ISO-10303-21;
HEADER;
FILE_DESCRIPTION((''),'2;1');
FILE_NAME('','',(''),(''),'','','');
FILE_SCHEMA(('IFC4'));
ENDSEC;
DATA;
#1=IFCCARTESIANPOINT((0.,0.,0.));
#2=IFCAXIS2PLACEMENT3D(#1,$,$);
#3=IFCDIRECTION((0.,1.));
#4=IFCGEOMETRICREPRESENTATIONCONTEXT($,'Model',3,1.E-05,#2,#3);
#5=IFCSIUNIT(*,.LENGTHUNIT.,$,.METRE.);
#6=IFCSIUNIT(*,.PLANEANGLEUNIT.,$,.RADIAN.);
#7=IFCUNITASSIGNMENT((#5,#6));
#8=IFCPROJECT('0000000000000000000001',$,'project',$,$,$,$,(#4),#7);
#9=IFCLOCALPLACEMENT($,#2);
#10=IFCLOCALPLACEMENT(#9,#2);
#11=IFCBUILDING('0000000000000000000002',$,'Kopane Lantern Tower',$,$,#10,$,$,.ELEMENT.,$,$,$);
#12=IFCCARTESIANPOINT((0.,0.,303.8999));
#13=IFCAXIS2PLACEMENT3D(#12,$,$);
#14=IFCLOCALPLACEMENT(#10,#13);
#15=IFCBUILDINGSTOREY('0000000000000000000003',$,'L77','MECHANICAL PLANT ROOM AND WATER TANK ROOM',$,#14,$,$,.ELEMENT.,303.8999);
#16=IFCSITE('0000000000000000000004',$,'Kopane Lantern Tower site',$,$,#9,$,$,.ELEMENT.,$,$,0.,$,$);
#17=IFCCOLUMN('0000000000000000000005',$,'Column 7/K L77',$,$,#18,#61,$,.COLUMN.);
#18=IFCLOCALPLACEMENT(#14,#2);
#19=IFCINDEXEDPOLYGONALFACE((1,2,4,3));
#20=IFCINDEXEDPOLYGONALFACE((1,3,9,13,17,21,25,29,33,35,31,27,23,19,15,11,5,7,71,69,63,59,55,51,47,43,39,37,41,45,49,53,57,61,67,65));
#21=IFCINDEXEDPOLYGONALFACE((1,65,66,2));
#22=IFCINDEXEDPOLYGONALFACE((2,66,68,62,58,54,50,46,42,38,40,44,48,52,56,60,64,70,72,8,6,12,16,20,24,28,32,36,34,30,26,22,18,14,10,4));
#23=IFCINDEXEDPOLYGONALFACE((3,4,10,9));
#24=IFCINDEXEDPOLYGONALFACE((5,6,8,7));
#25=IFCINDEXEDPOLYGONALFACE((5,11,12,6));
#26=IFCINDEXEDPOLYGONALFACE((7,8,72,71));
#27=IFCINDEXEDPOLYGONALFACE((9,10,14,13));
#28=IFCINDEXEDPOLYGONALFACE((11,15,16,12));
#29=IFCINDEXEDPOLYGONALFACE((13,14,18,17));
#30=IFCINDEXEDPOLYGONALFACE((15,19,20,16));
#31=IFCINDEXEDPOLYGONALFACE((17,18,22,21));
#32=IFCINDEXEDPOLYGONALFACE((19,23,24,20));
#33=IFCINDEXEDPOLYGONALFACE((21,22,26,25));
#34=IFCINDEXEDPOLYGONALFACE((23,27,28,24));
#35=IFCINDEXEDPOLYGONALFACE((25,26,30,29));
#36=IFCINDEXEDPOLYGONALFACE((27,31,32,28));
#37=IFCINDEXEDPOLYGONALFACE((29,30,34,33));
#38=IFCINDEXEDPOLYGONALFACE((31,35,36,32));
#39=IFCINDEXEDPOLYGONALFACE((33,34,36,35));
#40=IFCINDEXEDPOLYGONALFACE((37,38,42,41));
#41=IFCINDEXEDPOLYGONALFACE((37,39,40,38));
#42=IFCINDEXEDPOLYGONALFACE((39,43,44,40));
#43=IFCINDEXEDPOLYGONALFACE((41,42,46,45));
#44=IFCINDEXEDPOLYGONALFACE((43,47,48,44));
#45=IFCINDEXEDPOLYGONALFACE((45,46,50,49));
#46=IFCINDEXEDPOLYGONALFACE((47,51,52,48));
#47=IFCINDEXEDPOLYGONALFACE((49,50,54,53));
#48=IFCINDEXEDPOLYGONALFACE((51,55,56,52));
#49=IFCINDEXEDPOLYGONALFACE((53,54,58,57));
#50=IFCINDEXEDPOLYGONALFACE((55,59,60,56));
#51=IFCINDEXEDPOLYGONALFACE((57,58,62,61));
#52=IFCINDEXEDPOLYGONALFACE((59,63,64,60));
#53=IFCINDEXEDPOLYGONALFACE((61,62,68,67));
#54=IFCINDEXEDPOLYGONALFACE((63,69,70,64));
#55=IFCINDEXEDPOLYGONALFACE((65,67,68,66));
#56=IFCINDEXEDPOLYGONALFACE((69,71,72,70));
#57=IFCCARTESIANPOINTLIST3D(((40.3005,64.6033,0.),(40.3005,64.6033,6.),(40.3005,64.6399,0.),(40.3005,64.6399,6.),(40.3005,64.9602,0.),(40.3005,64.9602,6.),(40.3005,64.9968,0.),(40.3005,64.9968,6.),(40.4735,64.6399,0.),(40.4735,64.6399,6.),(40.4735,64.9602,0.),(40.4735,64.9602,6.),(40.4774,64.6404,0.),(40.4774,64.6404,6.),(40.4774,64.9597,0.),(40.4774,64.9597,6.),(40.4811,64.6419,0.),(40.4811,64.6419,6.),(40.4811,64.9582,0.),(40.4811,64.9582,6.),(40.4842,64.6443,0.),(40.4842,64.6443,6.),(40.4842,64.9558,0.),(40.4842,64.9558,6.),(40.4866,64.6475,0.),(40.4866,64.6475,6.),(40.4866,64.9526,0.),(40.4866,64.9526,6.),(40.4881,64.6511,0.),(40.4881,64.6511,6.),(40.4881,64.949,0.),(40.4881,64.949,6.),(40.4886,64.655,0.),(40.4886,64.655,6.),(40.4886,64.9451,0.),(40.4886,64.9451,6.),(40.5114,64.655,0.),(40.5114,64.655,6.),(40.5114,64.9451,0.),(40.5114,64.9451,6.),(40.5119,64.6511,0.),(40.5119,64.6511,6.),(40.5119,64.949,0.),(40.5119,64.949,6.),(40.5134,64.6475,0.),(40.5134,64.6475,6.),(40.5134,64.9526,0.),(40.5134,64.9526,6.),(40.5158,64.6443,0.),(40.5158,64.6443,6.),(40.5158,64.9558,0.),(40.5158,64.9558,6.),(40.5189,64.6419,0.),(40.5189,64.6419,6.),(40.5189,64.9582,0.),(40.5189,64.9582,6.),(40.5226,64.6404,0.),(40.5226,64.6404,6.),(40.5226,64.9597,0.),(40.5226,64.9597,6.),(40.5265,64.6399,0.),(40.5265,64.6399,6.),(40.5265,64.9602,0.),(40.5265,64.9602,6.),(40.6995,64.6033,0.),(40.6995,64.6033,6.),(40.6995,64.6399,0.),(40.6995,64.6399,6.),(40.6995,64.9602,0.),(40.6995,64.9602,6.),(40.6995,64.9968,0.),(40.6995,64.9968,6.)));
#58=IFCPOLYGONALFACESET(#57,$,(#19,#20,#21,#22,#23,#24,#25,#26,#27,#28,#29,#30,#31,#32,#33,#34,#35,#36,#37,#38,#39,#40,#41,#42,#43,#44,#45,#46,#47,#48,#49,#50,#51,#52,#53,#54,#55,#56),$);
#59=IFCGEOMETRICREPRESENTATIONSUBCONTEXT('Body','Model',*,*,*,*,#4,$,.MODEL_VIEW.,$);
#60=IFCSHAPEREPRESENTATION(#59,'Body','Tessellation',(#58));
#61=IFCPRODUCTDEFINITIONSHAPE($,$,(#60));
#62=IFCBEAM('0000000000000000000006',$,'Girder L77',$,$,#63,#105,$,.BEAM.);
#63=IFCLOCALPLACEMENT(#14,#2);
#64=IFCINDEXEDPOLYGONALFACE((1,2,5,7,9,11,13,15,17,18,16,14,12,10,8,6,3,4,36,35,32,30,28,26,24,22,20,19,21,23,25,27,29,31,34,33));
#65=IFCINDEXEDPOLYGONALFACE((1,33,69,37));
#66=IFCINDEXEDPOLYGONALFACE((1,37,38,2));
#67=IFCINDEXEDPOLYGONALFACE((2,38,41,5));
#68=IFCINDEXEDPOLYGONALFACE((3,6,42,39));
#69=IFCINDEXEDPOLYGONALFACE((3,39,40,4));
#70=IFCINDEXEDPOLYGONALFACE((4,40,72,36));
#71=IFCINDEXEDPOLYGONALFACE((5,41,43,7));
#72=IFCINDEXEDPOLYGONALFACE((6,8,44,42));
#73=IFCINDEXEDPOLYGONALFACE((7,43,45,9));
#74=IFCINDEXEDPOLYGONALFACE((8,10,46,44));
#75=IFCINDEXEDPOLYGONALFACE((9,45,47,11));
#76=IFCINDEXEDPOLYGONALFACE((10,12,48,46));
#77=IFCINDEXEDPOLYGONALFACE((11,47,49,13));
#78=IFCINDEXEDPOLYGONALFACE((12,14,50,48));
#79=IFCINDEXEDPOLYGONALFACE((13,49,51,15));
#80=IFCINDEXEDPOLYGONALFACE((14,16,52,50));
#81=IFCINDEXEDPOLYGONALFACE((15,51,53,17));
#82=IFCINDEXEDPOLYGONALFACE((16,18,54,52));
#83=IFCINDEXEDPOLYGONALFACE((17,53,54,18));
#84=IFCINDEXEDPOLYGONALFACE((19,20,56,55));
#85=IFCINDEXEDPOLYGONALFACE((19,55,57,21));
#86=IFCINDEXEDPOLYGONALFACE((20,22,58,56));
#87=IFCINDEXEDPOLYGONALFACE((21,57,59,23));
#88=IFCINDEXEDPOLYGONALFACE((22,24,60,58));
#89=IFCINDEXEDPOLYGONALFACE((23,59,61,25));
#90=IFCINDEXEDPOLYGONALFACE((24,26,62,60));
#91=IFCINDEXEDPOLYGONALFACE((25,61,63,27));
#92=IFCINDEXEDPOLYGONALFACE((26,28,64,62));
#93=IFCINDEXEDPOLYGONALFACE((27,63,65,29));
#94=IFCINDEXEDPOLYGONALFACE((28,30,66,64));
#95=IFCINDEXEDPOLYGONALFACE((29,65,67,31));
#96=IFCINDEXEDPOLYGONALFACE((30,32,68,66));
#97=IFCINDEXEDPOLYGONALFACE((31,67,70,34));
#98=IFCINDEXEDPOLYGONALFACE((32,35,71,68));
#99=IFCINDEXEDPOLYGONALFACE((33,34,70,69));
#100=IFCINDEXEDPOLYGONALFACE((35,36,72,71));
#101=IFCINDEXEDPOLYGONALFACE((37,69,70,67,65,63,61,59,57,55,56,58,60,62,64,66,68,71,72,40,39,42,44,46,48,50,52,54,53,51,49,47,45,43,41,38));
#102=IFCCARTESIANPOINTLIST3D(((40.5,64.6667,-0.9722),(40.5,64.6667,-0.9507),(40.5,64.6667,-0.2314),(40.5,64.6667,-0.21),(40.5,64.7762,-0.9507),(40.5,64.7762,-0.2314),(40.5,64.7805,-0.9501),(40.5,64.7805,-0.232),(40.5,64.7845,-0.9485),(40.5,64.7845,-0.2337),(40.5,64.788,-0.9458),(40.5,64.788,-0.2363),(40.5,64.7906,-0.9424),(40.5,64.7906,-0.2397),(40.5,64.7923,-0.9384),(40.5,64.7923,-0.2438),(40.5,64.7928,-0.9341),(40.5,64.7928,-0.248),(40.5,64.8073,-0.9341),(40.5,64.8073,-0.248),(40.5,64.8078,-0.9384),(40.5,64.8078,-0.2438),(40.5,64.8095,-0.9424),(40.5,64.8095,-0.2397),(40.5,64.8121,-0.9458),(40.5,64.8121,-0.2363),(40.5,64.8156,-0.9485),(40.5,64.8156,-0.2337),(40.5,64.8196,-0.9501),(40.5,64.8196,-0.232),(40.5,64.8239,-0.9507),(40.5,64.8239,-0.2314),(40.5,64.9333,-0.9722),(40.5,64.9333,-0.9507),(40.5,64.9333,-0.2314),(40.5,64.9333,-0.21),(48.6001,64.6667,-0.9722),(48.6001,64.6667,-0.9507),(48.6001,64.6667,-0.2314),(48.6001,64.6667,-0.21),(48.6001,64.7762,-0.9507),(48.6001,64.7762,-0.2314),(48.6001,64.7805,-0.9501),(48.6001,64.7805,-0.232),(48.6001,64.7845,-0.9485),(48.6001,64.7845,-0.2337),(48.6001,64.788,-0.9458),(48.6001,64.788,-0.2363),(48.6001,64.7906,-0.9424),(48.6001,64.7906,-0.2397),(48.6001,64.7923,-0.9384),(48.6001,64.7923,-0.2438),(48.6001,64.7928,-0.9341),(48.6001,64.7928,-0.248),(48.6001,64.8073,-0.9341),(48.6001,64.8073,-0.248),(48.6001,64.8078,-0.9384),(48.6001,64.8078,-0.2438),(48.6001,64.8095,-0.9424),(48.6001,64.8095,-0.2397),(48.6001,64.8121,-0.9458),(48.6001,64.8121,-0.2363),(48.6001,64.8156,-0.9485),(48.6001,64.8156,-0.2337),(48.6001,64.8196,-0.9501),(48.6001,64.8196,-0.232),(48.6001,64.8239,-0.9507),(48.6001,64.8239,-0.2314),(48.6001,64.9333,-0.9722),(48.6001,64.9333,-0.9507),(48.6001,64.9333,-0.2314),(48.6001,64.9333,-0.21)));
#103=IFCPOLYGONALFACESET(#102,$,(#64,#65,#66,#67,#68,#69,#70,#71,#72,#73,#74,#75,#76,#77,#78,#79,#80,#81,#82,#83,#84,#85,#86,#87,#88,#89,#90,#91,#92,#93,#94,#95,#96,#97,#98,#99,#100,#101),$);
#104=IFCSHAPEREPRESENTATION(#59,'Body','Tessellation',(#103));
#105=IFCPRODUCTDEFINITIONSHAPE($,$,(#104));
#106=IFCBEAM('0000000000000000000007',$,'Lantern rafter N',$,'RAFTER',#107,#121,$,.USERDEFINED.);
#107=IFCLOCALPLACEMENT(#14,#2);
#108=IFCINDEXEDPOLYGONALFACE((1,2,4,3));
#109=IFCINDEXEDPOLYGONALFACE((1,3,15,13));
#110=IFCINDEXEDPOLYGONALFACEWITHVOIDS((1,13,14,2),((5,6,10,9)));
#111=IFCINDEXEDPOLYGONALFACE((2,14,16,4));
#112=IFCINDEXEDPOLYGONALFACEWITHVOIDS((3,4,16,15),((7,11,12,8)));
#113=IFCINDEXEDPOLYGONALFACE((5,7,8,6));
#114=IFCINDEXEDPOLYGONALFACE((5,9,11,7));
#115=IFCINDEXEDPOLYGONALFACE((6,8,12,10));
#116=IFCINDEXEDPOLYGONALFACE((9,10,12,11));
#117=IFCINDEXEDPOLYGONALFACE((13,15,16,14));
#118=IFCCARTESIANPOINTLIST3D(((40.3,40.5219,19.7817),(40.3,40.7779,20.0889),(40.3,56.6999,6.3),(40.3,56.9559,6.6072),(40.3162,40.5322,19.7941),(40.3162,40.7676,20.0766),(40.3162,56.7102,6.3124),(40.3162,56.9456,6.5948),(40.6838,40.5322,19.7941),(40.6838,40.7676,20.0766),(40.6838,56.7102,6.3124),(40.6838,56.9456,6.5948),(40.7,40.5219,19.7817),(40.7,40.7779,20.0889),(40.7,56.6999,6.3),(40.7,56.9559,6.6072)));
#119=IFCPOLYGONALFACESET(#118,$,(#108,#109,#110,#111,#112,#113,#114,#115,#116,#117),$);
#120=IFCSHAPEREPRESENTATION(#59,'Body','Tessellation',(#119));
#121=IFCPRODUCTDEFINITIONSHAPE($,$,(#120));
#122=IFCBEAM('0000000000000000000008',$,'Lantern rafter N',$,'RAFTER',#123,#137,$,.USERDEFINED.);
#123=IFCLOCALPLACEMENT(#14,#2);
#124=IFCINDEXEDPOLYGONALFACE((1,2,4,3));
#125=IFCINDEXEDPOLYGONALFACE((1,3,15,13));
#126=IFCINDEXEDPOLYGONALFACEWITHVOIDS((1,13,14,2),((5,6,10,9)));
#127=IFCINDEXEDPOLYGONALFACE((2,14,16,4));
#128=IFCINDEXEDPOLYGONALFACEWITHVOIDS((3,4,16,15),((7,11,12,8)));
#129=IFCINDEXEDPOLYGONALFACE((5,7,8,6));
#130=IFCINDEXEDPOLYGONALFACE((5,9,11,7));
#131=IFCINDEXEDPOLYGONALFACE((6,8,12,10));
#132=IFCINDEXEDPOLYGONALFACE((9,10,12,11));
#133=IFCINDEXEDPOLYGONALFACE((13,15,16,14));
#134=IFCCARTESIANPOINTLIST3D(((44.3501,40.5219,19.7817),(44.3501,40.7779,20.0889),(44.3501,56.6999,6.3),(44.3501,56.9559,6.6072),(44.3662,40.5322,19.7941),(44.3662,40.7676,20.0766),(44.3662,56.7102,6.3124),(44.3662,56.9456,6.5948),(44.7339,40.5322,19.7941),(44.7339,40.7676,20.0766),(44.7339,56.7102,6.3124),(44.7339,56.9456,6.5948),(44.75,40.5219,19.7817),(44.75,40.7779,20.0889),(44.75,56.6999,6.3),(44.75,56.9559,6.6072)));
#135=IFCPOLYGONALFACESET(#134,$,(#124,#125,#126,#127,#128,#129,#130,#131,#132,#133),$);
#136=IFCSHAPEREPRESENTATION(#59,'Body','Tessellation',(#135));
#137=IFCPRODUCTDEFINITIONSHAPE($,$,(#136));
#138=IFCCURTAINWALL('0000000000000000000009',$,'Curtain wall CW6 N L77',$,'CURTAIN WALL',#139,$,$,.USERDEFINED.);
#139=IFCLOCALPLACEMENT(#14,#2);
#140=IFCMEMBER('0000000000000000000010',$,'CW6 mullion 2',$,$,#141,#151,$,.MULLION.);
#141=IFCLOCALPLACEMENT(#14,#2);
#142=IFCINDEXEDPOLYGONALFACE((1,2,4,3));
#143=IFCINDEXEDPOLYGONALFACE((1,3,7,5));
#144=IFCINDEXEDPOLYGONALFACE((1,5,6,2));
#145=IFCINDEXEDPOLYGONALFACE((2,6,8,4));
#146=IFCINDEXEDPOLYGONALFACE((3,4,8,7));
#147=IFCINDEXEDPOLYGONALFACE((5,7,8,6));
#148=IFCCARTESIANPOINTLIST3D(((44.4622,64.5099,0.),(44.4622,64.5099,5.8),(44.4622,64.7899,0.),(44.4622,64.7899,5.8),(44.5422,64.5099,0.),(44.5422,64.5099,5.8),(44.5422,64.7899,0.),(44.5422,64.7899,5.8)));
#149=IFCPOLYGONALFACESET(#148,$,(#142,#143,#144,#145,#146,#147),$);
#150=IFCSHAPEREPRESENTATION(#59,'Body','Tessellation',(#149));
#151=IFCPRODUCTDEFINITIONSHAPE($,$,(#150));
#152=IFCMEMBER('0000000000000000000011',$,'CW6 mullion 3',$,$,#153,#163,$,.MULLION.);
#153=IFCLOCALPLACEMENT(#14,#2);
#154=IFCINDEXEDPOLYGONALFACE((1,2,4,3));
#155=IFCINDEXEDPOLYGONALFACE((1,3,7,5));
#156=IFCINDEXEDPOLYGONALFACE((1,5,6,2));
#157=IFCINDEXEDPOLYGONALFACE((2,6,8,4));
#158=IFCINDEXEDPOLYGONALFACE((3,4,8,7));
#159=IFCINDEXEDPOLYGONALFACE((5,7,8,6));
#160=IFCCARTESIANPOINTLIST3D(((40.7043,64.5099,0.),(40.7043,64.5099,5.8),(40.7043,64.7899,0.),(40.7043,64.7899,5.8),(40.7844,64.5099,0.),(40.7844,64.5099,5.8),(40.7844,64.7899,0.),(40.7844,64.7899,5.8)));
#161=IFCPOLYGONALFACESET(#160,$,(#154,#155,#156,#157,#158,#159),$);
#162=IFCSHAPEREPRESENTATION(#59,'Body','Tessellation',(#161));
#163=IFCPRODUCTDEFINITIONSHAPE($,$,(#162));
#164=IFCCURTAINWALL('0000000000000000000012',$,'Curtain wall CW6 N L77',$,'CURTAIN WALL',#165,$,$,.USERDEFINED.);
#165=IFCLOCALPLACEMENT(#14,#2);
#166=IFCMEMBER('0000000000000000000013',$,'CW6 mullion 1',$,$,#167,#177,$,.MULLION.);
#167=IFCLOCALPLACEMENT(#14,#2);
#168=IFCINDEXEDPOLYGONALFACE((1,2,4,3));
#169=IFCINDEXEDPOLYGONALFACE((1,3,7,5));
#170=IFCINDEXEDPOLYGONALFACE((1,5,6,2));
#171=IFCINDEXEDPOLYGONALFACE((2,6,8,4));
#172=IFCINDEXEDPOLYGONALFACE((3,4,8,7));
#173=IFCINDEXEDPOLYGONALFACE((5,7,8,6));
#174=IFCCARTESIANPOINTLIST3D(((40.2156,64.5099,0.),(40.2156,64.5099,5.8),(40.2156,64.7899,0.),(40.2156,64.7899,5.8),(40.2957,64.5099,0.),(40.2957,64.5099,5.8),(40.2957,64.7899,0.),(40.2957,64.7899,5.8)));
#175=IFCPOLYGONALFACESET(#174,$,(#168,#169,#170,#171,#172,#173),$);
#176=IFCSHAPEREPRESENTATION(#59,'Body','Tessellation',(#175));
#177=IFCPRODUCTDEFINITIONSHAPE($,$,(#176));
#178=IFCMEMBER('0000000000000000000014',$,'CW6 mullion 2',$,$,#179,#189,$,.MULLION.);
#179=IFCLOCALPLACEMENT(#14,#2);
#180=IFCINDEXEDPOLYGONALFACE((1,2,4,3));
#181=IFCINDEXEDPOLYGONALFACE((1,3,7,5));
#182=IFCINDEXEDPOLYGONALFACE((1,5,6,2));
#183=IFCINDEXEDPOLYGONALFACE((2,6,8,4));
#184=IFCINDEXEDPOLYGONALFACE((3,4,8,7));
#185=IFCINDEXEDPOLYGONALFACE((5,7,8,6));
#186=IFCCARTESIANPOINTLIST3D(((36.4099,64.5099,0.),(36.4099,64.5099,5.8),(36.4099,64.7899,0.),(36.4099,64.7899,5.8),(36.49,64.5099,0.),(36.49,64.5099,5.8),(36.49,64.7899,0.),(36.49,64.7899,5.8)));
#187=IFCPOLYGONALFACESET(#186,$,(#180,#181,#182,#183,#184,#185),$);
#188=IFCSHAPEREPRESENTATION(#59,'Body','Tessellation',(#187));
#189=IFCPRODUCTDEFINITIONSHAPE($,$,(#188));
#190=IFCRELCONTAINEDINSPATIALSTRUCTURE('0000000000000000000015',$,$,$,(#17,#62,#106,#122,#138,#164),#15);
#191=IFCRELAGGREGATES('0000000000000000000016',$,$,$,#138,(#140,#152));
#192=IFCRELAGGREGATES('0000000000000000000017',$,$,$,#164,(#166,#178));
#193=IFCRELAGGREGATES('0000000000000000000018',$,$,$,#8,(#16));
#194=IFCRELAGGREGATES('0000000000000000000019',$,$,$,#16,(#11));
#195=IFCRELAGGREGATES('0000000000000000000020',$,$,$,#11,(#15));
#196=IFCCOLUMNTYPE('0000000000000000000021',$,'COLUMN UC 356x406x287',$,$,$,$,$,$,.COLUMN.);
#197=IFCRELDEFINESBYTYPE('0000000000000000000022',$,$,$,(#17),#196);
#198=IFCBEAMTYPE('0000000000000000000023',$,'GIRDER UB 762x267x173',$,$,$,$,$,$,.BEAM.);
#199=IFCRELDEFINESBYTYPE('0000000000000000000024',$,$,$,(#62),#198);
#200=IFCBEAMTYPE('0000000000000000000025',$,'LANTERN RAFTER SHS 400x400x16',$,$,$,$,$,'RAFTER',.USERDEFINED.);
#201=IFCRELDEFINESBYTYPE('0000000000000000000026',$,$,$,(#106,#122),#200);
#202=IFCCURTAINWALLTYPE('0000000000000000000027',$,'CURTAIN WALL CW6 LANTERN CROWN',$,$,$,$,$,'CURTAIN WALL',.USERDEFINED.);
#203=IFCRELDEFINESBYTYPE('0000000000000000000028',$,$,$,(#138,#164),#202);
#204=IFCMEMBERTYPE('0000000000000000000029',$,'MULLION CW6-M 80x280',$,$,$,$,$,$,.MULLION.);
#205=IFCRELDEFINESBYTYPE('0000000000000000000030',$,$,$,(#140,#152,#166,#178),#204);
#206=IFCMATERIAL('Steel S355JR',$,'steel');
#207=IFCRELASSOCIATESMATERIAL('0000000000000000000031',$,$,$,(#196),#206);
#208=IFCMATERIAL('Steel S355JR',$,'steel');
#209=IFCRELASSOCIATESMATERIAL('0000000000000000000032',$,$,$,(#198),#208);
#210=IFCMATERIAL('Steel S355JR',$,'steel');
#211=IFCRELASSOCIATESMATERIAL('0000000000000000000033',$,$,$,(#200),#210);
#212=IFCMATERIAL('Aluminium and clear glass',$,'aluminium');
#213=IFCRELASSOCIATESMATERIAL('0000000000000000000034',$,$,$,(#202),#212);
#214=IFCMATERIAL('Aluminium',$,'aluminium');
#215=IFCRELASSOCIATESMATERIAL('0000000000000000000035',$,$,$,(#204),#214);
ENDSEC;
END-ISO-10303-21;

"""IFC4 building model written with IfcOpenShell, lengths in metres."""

from ifc_helpers import new_model, si_unit, direction, frame, origin, origin_2d, place, context, subcontext, project, spatial, rectangle, hollow_rectangle, i_section, extrude, material, material_profile, profile_set, type_object, element, aggregate, save


model = new_model("IFC4")

# Units and contexts
model_context = context("Model", 3, precision=1e-05, world=origin(), true_north=direction((0.0, 1.0)))
body_context = subcontext(model_context, "Body", "Model", "MODEL_VIEW")
ifc_project = project(units=[si_unit("LENGTHUNIT", "METRE"), si_unit("PLANEANGLEUNIT", "RADIAN")], contexts=[model_context])

# Site, building, storey
site_placement = place(None, origin())
site = spatial("IfcSite", under=ifc_project, at=site_placement, Name="Kopane Lantern Tower site", CompositionType="ELEMENT", RefElevation=0.0)
building_placement = place(site_placement, origin())
building = spatial("IfcBuilding", under=site, at=building_placement, Name="Kopane Lantern Tower", CompositionType="ELEMENT")
storey_placement = place(building_placement, frame((0.0, 0.0, 303.8999)))
storey = spatial("IfcBuildingStorey", under=building, at=storey_placement, Name="L77", Description="MECHANICAL PLANT ROOM AND WATER TANK ROOM", CompositionType="ELEMENT", Elevation=303.8999)

# Column
ifc_material_1 = material(Name="Steel S355JR", Category="steel")
ifc_material_profile_1 = material_profile(ifc_material_1, i_section(OverallWidth=0.3989, OverallDepth=0.3936, WebThickness=0.0227, FlangeThickness=0.0366, FilletRadius=0.0151, at=origin_2d()), Name="UC 356x406x287")
ifc_profile_set_1 = profile_set([ifc_material_profile_1], Name="Steel S355JR")
column_type = type_object("IfcColumnType", Name="COLUMN UC 356x406x287", PredefinedType="COLUMN", material=ifc_profile_set_1)
column_placement = place(storey_placement, frame((40.5, 64.8, 0.0), z_axis=(0.0, 0.0, 1.0), x_axis=(1.0, 0.0, 0.0)))
element("IfcColumn", 1, at=column_placement, inside=storey, type_object=column_type, Name="Column 7/K L77", PredefinedType="COLUMN", context=body_context, shape_type="SweptSolid", body=[
    extrude(i_section(OverallWidth=0.3989, OverallDepth=0.3936, WebThickness=0.0227, FlangeThickness=0.0366, FilletRadius=0.0151, at=origin_2d()), origin(), (0.0, 0.0, 1.0), 6.0),
])

# Beams
ifc_material_2 = material(Name="Steel S355JR", Category="steel")
ifc_material_profile_2 = material_profile(ifc_material_2, i_section(OverallWidth=0.2666, OverallDepth=0.7622, WebThickness=0.0144, FlangeThickness=0.0215, FilletRadius=0.0166, at=origin_2d()), Name="UB 762x267x173")
ifc_profile_set_2 = profile_set([ifc_material_profile_2], Name="Steel S355JR")
beam_type_1 = type_object("IfcBeamType", Name="GIRDER UB 762x267x173", PredefinedType="BEAM", material=ifc_profile_set_2)
beam_1_placement = place(storey_placement, frame((40.5, 64.8, -0.5911), z_axis=(1.0, 0.0, 0.0), x_axis=(0.0, 1.0, 0.0)))
element("IfcBeam", 2, at=beam_1_placement, inside=storey, type_object=beam_type_1, Name="Girder L77", PredefinedType="BEAM", context=body_context, shape_type="SweptSolid", body=[
    extrude(i_section(OverallWidth=0.2666, OverallDepth=0.7622, WebThickness=0.0144, FlangeThickness=0.0215, FilletRadius=0.0166, at=origin_2d()), origin(), (0.0, 0.0, 1.0), 8.1001),
])
ifc_material_3 = material(Name="Steel S355JR", Category="steel")
ifc_material_profile_3 = material_profile(ifc_material_3, hollow_rectangle(XDim=0.3999, YDim=0.3999, WallThickness=0.0161, at=origin_2d()), Name="RHS 400x400x16")
ifc_profile_set_3 = profile_set([ifc_material_profile_3], Name="Steel S355JR")
beam_type_2 = type_object("IfcBeamType", Name="LANTERN RAFTER SHS 400x400x16", ElementType="RAFTER", PredefinedType="USERDEFINED", material=ifc_profile_set_3)
for number, where, z_axis, x_axis, name in (
    (3, (40.5, 56.8279, 6.4536), (0.0, -0.76822, 0.640186), (1.0, 0.0, 0.0), "Lantern rafter N"),
    (4, (44.55, 56.8279, 6.4536), (0.0, -0.76822, 0.640186), (1.0, 0.0, 0.0), "Lantern rafter N"),
):
    element("IfcBeam", number, at=place(storey_placement, frame(where, z_axis=z_axis, x_axis=x_axis)), inside=storey, type_object=beam_type_2, Name=name, ObjectType="RAFTER", PredefinedType="USERDEFINED", context=body_context, shape_type="SweptSolid", body=[
        extrude(hollow_rectangle(XDim=0.3999, YDim=0.3999, WallThickness=0.0161, at=origin_2d()), origin(), (0.0, 0.0, 1.0), 21.0591),
    ])

# Curtain walls, members
ifc_material_4 = material(Name="Aluminium and clear glass", Category="aluminium")
curtain_wall_type = type_object("IfcCurtainWallType", Name="CURTAIN WALL CW6 LANTERN CROWN", ElementType="CURTAIN WALL", PredefinedType="USERDEFINED", material=ifc_material_4)
curtain_wall_1_placement = place(storey_placement, origin())
curtain_wall_1 = element("IfcCurtainWall", 5, at=curtain_wall_1_placement, inside=storey, type_object=curtain_wall_type, Name="Curtain wall CW6 N L77", ObjectType="CURTAIN WALL", PredefinedType="USERDEFINED")
ifc_material_5 = material(Name="Aluminium", Category="aluminium")
ifc_material_profile_4 = material_profile(ifc_material_5, rectangle(XDim=0.0801, YDim=0.28, at=origin_2d()), Name="AL 80x280")
ifc_profile_set_4 = profile_set([ifc_material_profile_4], Name="Aluminium")
member_type_1 = type_object("IfcMemberType", Name="MULLION CW6-M 80x280", PredefinedType="MULLION", material=ifc_profile_set_4)
member_1_placement = place(storey_placement, frame((44.5022, 64.6499, 0.0), z_axis=(0.0, 0.0, 1.0), x_axis=(-1.0, 0.0, 0.0)))
member_1 = element("IfcMember", 6, at=member_1_placement, type_object=member_type_1, Name="CW6 mullion 2", PredefinedType="MULLION", context=body_context, shape_type="SweptSolid", body=[
    extrude(rectangle(XDim=0.0801, YDim=0.28, at=origin_2d()), origin(), (0.0, 0.0, 1.0), 5.8),
])
member_2_placement = place(storey_placement, frame((40.7444, 64.6499, 0.0), z_axis=(0.0, 0.0, 1.0), x_axis=(-1.0, 0.0, 0.0)))
member_2 = element("IfcMember", 7, at=member_2_placement, type_object=member_type_1, Name="CW6 mullion 3", PredefinedType="MULLION", context=body_context, shape_type="SweptSolid", body=[
    extrude(rectangle(XDim=0.0801, YDim=0.28, at=origin_2d()), origin(), (0.0, 0.0, 1.0), 5.8),
])
curtain_wall_2_placement = place(storey_placement, origin())
curtain_wall_2 = element("IfcCurtainWall", 8, at=curtain_wall_2_placement, inside=storey, type_object=curtain_wall_type, Name="Curtain wall CW6 N L77", ObjectType="CURTAIN WALL", PredefinedType="USERDEFINED")
member_3_placement = place(storey_placement, frame((40.2556, 64.6499, 0.0), z_axis=(0.0, 0.0, 1.0), x_axis=(-1.0, 0.0, 0.0)))
member_3 = element("IfcMember", 9, at=member_3_placement, type_object=member_type_1, Name="CW6 mullion 1", PredefinedType="MULLION", context=body_context, shape_type="SweptSolid", body=[
    extrude(rectangle(XDim=0.0801, YDim=0.28, at=origin_2d()), origin(), (0.0, 0.0, 1.0), 5.8),
])
member_4_placement = place(storey_placement, frame((36.45, 64.6499, 0.0), z_axis=(0.0, 0.0, 1.0), x_axis=(-1.0, 0.0, 0.0)))
member_4 = element("IfcMember", 10, at=member_4_placement, type_object=member_type_1, Name="CW6 mullion 2", PredefinedType="MULLION", context=body_context, shape_type="SweptSolid", body=[
    extrude(rectangle(XDim=0.0801, YDim=0.28, at=origin_2d()), origin(), (0.0, 0.0, 1.0), 5.8),
])

aggregate(curtain_wall_1, [member_1, member_2])
aggregate(curtain_wall_2, [member_3, member_4])

save(model, "model.ifc")
